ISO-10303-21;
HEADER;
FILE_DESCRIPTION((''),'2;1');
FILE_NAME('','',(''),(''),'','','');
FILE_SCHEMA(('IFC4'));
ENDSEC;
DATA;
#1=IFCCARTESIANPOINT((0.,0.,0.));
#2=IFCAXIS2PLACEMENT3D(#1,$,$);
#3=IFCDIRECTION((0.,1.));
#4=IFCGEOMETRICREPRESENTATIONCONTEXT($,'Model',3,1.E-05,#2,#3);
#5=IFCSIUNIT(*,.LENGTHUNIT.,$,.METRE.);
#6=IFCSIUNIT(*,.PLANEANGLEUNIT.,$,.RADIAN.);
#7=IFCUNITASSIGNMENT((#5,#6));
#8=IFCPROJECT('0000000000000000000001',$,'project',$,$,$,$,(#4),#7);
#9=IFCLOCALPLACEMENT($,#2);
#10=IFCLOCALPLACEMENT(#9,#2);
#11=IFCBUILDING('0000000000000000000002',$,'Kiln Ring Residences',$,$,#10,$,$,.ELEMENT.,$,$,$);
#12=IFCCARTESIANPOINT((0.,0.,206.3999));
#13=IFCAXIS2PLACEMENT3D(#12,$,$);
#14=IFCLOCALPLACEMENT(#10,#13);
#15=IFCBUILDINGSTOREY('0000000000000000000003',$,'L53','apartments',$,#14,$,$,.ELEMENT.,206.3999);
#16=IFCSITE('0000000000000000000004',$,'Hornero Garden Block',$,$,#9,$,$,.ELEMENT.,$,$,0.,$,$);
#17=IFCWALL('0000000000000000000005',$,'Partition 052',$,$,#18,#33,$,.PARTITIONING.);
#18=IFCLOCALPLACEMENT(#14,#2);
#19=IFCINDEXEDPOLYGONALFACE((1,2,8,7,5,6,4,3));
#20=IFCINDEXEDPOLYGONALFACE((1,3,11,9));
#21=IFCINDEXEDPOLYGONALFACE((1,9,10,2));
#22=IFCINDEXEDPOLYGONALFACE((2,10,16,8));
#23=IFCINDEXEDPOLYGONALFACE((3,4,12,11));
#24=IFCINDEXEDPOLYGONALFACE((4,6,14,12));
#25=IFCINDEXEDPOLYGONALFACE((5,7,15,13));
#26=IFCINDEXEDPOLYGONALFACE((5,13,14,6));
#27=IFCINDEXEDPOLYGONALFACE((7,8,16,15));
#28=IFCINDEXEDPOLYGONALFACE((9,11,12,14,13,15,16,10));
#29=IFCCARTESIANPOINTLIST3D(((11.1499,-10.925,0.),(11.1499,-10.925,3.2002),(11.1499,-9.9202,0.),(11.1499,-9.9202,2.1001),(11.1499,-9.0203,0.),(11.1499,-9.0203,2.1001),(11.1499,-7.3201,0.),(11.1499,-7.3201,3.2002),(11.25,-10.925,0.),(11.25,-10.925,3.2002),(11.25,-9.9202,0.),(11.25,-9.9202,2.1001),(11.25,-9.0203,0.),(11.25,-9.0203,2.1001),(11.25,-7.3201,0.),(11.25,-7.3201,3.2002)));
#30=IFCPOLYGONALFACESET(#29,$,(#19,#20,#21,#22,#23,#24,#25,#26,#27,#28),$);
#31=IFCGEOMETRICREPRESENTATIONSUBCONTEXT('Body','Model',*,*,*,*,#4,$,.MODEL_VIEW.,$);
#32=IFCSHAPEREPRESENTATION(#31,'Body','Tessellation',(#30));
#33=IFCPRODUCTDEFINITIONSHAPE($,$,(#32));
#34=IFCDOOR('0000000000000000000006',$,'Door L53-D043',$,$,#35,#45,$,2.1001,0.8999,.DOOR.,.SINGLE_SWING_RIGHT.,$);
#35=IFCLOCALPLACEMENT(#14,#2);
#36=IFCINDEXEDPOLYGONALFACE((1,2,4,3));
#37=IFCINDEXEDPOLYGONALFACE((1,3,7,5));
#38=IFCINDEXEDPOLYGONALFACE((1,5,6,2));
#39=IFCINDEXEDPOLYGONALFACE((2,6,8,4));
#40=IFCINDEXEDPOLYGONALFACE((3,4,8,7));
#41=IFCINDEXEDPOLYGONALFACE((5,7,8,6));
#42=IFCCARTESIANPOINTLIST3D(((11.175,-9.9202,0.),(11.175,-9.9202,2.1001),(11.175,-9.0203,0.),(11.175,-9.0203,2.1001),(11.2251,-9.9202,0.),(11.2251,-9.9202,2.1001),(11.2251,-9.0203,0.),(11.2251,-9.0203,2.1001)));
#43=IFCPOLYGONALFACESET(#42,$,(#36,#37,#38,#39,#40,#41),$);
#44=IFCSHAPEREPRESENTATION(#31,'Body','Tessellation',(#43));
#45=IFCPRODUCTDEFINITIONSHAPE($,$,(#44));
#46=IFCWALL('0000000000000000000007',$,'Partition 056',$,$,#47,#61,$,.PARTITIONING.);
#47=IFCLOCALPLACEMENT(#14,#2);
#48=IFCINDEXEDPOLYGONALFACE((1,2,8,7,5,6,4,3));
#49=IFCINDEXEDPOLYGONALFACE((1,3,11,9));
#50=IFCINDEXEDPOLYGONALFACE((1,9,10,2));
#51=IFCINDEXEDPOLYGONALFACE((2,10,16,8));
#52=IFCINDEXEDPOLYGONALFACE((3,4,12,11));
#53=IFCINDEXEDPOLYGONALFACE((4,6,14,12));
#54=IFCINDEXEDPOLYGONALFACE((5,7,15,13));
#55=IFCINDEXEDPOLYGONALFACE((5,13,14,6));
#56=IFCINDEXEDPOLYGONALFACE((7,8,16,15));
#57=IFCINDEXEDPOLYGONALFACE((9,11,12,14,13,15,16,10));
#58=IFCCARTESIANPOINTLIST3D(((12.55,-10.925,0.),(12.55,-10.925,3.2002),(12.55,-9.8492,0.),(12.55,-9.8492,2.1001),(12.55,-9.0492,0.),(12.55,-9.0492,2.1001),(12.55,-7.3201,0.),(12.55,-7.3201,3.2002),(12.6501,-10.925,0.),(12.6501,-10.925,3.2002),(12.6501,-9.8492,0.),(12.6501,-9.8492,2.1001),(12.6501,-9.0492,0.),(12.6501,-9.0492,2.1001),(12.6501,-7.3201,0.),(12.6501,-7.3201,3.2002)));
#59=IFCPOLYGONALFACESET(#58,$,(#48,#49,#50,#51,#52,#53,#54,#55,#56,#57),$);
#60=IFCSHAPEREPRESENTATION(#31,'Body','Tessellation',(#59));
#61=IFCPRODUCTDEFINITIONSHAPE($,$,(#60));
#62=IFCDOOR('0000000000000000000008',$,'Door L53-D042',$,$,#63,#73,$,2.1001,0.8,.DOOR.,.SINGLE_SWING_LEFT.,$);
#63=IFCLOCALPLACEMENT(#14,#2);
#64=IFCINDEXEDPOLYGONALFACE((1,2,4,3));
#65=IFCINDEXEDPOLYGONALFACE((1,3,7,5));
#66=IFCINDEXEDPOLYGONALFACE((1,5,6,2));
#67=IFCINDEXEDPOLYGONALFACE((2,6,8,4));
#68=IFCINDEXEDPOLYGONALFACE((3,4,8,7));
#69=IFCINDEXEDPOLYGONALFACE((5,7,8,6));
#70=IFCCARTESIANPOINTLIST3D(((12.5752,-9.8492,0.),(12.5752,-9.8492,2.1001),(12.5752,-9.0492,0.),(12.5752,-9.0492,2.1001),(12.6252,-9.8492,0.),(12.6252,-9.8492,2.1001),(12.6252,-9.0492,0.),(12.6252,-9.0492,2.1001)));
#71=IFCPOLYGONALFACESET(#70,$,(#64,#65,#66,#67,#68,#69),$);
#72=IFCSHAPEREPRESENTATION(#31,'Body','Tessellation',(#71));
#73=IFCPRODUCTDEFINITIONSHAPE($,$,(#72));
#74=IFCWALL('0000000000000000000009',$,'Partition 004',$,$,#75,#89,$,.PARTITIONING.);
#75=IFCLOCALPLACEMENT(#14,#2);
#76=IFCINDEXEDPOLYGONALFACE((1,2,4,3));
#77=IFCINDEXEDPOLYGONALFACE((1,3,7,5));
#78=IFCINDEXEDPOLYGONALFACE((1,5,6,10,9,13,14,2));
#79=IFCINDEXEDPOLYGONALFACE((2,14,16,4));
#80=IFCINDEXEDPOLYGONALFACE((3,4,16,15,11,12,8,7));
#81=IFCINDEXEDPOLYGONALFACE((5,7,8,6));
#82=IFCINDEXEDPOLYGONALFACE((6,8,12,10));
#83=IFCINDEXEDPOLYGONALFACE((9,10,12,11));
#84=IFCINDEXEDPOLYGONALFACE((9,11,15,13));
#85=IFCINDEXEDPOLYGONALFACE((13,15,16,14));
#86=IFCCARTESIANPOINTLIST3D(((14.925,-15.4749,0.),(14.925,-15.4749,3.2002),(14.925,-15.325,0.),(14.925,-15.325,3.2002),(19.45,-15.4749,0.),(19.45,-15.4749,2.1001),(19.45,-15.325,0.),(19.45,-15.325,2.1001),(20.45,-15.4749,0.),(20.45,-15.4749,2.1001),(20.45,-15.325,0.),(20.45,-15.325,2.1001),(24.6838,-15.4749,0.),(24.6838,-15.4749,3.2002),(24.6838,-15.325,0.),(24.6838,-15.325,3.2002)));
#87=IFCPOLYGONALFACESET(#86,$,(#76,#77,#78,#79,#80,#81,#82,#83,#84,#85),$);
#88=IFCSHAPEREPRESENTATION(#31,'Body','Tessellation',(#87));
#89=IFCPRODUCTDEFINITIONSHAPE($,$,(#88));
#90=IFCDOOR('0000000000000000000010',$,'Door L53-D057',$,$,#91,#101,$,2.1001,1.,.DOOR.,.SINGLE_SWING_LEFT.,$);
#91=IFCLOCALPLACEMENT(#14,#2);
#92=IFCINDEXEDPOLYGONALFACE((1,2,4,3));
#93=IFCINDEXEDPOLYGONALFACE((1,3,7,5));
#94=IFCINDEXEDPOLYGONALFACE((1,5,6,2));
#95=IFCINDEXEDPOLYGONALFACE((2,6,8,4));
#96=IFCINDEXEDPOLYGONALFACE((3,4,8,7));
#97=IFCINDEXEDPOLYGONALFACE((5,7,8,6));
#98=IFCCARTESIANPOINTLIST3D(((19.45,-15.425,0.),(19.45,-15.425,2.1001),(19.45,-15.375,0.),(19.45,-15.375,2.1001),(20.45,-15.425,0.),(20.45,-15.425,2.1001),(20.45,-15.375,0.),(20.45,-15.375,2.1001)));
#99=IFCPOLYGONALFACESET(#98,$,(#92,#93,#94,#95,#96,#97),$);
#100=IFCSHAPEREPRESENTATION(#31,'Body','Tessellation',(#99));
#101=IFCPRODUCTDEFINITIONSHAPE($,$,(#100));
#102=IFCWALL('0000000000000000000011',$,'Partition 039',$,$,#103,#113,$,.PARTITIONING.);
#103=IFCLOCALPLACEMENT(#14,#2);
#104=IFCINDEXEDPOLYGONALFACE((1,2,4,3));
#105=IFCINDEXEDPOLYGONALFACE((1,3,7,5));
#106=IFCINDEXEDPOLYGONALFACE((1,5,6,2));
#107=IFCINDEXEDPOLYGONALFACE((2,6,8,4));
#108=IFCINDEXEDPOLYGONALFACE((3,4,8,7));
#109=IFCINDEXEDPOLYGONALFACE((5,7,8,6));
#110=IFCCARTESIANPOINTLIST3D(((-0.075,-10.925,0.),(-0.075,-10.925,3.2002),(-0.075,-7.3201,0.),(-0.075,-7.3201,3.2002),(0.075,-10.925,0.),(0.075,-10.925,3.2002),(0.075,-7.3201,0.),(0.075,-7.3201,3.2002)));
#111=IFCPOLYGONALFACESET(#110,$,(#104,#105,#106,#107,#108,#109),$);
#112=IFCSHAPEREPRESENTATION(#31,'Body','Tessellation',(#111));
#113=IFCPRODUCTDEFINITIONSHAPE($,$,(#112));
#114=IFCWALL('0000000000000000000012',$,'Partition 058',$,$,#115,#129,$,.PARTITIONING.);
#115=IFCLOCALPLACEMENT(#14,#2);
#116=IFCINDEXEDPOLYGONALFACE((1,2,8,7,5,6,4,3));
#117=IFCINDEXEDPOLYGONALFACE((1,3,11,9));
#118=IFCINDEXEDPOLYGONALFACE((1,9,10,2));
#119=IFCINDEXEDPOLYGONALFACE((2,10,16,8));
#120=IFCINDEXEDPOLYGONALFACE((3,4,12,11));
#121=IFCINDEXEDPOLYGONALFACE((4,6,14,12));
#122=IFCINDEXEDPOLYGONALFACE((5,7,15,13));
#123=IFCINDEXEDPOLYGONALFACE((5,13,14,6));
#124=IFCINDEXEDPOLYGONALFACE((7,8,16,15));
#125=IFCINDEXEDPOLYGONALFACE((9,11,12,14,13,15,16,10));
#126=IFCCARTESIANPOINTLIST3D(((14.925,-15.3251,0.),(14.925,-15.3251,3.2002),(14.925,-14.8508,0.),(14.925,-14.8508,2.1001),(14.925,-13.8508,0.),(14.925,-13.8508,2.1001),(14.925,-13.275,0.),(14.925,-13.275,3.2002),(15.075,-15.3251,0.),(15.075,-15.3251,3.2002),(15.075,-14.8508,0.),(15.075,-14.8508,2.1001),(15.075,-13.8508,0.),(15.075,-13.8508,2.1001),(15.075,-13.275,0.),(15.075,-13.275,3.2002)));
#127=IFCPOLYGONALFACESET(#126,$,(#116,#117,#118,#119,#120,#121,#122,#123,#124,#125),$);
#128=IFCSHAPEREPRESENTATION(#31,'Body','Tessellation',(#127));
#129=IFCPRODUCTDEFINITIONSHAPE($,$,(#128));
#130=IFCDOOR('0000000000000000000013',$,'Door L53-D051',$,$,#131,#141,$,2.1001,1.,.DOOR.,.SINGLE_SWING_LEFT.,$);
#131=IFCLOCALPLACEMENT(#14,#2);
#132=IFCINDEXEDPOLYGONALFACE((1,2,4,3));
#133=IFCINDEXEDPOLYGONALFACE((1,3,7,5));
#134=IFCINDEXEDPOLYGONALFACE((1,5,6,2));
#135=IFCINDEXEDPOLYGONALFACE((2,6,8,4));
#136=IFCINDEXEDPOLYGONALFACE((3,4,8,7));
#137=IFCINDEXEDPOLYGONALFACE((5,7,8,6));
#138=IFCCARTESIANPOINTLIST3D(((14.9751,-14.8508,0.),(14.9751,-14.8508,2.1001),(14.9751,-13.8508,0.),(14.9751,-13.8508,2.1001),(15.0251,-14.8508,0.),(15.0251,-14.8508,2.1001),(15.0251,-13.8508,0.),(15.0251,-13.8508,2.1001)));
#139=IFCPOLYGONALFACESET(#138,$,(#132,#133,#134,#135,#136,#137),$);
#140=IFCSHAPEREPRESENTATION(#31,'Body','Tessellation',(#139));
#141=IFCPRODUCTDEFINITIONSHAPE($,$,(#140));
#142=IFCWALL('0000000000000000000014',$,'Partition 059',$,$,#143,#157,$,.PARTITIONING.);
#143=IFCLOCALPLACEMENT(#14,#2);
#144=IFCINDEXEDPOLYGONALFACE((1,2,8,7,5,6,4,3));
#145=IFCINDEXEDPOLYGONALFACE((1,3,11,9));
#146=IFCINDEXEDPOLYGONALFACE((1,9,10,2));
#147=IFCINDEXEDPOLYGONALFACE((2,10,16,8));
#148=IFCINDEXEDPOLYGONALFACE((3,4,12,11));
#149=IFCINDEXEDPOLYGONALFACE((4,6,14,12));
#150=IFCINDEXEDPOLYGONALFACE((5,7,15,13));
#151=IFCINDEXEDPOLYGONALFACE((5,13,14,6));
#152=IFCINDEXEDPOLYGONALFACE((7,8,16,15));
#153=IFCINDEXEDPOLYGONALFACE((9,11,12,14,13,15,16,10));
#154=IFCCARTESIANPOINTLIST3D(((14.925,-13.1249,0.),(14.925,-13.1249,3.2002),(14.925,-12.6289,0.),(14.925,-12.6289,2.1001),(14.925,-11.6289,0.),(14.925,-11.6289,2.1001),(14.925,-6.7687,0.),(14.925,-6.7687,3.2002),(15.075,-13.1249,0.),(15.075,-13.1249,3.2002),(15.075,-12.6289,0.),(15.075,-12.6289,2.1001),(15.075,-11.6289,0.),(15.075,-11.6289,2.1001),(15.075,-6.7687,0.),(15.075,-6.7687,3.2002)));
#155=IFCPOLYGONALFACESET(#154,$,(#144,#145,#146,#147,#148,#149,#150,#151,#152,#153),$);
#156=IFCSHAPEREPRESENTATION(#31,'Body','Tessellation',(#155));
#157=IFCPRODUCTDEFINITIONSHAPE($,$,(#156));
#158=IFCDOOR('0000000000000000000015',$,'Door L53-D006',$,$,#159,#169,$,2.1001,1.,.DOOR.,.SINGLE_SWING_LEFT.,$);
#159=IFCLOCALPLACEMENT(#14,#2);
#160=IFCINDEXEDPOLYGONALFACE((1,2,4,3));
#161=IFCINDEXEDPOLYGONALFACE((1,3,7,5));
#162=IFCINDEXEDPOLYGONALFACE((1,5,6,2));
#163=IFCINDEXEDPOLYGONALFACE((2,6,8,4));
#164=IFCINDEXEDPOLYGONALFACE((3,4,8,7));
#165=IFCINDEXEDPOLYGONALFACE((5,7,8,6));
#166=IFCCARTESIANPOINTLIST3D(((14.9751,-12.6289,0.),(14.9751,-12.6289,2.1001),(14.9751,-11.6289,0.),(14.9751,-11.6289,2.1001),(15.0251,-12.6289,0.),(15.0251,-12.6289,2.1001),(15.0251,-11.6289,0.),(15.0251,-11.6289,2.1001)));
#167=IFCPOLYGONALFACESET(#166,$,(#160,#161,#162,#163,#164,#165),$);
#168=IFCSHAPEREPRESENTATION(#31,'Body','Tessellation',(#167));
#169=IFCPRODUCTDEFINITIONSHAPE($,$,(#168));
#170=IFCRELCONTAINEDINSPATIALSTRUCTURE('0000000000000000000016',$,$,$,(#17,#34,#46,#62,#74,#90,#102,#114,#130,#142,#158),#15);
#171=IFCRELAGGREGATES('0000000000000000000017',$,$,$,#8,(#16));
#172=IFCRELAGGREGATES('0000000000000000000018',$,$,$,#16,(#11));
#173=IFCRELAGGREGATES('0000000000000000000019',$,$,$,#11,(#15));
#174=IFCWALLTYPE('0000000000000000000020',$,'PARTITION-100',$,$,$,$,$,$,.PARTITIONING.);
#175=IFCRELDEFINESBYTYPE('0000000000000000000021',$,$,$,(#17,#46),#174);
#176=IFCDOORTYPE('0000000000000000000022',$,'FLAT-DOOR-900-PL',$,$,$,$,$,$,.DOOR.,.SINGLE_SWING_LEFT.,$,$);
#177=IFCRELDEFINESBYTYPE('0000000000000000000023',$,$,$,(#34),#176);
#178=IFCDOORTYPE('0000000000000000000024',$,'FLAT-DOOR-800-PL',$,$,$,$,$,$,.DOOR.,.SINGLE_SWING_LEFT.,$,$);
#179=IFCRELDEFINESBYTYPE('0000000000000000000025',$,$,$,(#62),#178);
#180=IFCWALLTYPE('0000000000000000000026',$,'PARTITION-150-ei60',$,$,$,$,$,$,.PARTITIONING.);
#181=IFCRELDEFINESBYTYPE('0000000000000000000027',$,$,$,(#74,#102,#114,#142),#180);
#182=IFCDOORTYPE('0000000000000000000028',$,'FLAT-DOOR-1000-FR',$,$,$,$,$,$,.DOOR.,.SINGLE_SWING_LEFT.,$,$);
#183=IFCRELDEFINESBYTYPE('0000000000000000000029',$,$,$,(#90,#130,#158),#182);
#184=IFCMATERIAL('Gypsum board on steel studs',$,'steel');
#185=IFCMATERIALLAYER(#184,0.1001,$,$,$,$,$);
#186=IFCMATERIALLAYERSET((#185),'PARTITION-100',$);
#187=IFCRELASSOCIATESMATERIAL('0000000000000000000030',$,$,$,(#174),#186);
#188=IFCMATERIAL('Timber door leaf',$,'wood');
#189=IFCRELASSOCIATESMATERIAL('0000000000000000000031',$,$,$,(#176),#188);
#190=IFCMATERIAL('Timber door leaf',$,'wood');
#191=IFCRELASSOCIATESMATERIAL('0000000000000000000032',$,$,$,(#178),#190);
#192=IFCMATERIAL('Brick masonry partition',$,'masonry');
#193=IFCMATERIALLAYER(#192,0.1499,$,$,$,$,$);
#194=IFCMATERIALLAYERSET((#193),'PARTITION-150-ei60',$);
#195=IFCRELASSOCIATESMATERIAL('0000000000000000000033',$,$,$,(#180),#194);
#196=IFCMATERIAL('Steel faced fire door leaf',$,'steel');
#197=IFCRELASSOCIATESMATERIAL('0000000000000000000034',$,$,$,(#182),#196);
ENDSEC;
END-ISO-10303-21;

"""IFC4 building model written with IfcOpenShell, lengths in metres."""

from ifc_helpers import new_model, si_unit, direction, frame, frame_2d, origin, place, context, subcontext, project, spatial, rectangle, extrude, material, layer, layer_set, type_object, element, fill, save


model = new_model("IFC4")

# Units and contexts
model_context = context("Model", 3, precision=1e-05, world=origin(), true_north=direction((0.0, 1.0)))
body_context = subcontext(model_context, "Body", "Model", "MODEL_VIEW")
ifc_project = project(units=[si_unit("LENGTHUNIT", "METRE"), si_unit("PLANEANGLEUNIT", "RADIAN")], contexts=[model_context])

# Site, building, storey
site_placement = place(None, origin())
site = spatial("IfcSite", under=ifc_project, at=site_placement, Name="Hornero Garden Block", CompositionType="ELEMENT", RefElevation=0.0)
building_placement = place(site_placement, origin())
building = spatial("IfcBuilding", under=site, at=building_placement, Name="Kiln Ring Residences", CompositionType="ELEMENT")
storey_placement = place(building_placement, frame((0.0, 0.0, 206.3999)))
storey = spatial("IfcBuildingStorey", under=building, at=storey_placement, Name="L53", Description="apartments", CompositionType="ELEMENT", Elevation=206.3999)

# Walls, openings, doors
ifc_material_1 = material(Name="Gypsum board on steel studs", Category="steel")
ifc_layer_1 = layer(ifc_material_1, 0.1001)
ifc_layer_set_1 = layer_set([ifc_layer_1], Name="PARTITION-100")
wall_type_1 = type_object("IfcWallType", Name="PARTITION-100", PredefinedType="PARTITIONING", material=ifc_layer_set_1)
ifc_material_2 = material(Name="Timber door leaf", Category="wood")
door_type_1 = type_object("IfcDoorType", Name="FLAT-DOOR-900-PL", OperationType="SINGLE_SWING_LEFT", PredefinedType="DOOR", material=ifc_material_2)
wall_1_placement = place(storey_placement, frame((11.2, -10.925, 0.0), z_axis=(0.0, 0.0, 1.0), x_axis=(0.0, 1.0, 0.0)))
wall_1 = element("IfcWall", 1, at=wall_1_placement, inside=storey, type_object=wall_type_1, Name="Partition 052", PredefinedType="PARTITIONING", context=body_context, shape_type="SweptSolid", body=[
    extrude(rectangle(XDim=3.605, YDim=0.1001, at=frame_2d((1.8025, 0.0))), origin(), (0.0, 0.0, 1.0), 3.2002),
])
opening_1_placement = place(wall_1_placement, frame((1.0049, 0.0, 0.0)))
opening_1 = element("IfcOpeningElement", 2, at=opening_1_placement, cuts=wall_1, PredefinedType="OPENING", context=body_context, shape_type="SweptSolid", body=[
    extrude(rectangle(XDim=0.8999, YDim=2.1001, at=frame_2d((0.45, 1.05))), frame((0.0, 0.0601, 0.0), z_axis=(0.0, -1.0, 0.0), x_axis=(1.0, 0.0, 0.0)), (0.0, 0.0, 1.0), 0.1201),
])
door_1_placement = place(opening_1_placement, origin())
door_1 = element("IfcDoor", 3, at=door_1_placement, inside=storey, type_object=door_type_1, Name="Door L53-D043", OperationType="SINGLE_SWING_RIGHT", OverallHeight=2.1001, OverallWidth=0.8999, PredefinedType="DOOR", context=body_context, shape_type="SweptSolid", body=[
    extrude(rectangle(XDim=0.8999, YDim=2.1001, at=frame_2d((0.45, 1.05))), frame((0.0, 0.0249, 0.0), z_axis=(0.0, -1.0, 0.0), x_axis=(1.0, 0.0, 0.0)), (0.0, 0.0, 1.0), 0.05),
])
fill(opening_1, door_1)
wall_2_placement = place(storey_placement, frame((12.6001, -10.925, 0.0), z_axis=(0.0, 0.0, 1.0), x_axis=(0.0, 1.0, 0.0)))
wall_2 = element("IfcWall", 4, at=wall_2_placement, inside=storey, type_object=wall_type_1, Name="Partition 056", PredefinedType="PARTITIONING", context=body_context, shape_type="SweptSolid", body=[
    extrude(rectangle(XDim=3.605, YDim=0.1001, at=frame_2d((1.8025, 0.0))), origin(), (0.0, 0.0, 1.0), 3.2002),
])
opening_2_placement = place(wall_2_placement, frame((1.0759, 0.0, 0.0)))
opening_2 = element("IfcOpeningElement", 5, at=opening_2_placement, cuts=wall_2, PredefinedType="OPENING", context=body_context, shape_type="SweptSolid", body=[
    extrude(rectangle(XDim=0.8, YDim=2.1001, at=frame_2d((0.3999, 1.05))), frame((0.0, 0.0601, 0.0), z_axis=(0.0, -1.0, 0.0), x_axis=(1.0, 0.0, 0.0)), (0.0, 0.0, 1.0), 0.1201),
])
ifc_material_3 = material(Name="Timber door leaf", Category="wood")
door_type_2 = type_object("IfcDoorType", Name="FLAT-DOOR-800-PL", OperationType="SINGLE_SWING_LEFT", PredefinedType="DOOR", material=ifc_material_3)
door_2_placement = place(opening_2_placement, origin())
door_2 = element("IfcDoor", 6, at=door_2_placement, inside=storey, type_object=door_type_2, Name="Door L53-D042", OperationType="SINGLE_SWING_LEFT", OverallHeight=2.1001, OverallWidth=0.8, PredefinedType="DOOR", context=body_context, shape_type="SweptSolid", body=[
    extrude(rectangle(XDim=0.8, YDim=2.1001, at=frame_2d((0.3999, 1.05))), frame((0.0, 0.0249, 0.0), z_axis=(0.0, -1.0, 0.0), x_axis=(1.0, 0.0, 0.0)), (0.0, 0.0, 1.0), 0.05),
])
fill(opening_2, door_2)
ifc_material_4 = material(Name="Brick masonry partition", Category="masonry")
ifc_layer_2 = layer(ifc_material_4, 0.1499)
ifc_layer_set_2 = layer_set([ifc_layer_2], Name="PARTITION-150-ei60")
wall_type_2 = type_object("IfcWallType", Name="PARTITION-150-ei60", PredefinedType="PARTITIONING", material=ifc_layer_set_2)
wall_3_placement = place(storey_placement, frame((14.925, -15.3999, 0.0), z_axis=(0.0, 0.0, 1.0), x_axis=(1.0, 0.0, 0.0)))
wall_3 = element("IfcWall", 7, at=wall_3_placement, inside=storey, type_object=wall_type_2, Name="Partition 004", PredefinedType="PARTITIONING", context=body_context, shape_type="SweptSolid", body=[
    extrude(rectangle(XDim=9.7588, YDim=0.1499, at=frame_2d((4.8794, 0.0))), origin(), (0.0, 0.0, 1.0), 3.2002),
])
opening_3_placement = place(wall_3_placement, frame((4.5249, 0.0, 0.0)))
opening_3 = element("IfcOpeningElement", 8, at=opening_3_placement, cuts=wall_3, PredefinedType="OPENING", context=body_context, shape_type="SweptSolid", body=[
    extrude(rectangle(XDim=1.0, YDim=2.1001, at=frame_2d((0.5, 1.05))), frame((0.0, 0.085, 0.0), z_axis=(0.0, -1.0, 0.0), x_axis=(1.0, 0.0, 0.0)), (0.0, 0.0, 1.0), 0.1699),
])
ifc_material_5 = material(Name="Steel faced fire door leaf", Category="steel")
door_type_3 = type_object("IfcDoorType", Name="FLAT-DOOR-1000-FR", OperationType="SINGLE_SWING_LEFT", PredefinedType="DOOR", material=ifc_material_5)
door_3_placement = place(opening_3_placement, origin())
door_3 = element("IfcDoor", 9, at=door_3_placement, inside=storey, type_object=door_type_3, Name="Door L53-D057", OperationType="SINGLE_SWING_LEFT", OverallHeight=2.1001, OverallWidth=1.0, PredefinedType="DOOR", context=body_context, shape_type="SweptSolid", body=[
    extrude(rectangle(XDim=1.0, YDim=2.1001, at=frame_2d((0.5, 1.05))), frame((0.0, 0.0249, 0.0), z_axis=(0.0, -1.0, 0.0), x_axis=(1.0, 0.0, 0.0)), (0.0, 0.0, 1.0), 0.05),
])
fill(opening_3, door_3)

# Wall
wall_4_placement = place(storey_placement, frame((0.0, -10.925, 0.0), z_axis=(0.0, 0.0, 1.0), x_axis=(0.0, 1.0, 0.0)))
element("IfcWall", 10, at=wall_4_placement, inside=storey, type_object=wall_type_2, Name="Partition 039", PredefinedType="PARTITIONING", context=body_context, shape_type="SweptSolid", body=[
    extrude(rectangle(XDim=3.605, YDim=0.1499, at=frame_2d((1.8025, 0.0))), origin(), (0.0, 0.0, 1.0), 3.2002),
])

# Walls, openings, doors
wall_5_placement = place(storey_placement, frame((15.0, -15.325, 0.0), z_axis=(0.0, 0.0, 1.0), x_axis=(0.0, 1.0, 0.0)))
wall_5 = element("IfcWall", 11, at=wall_5_placement, inside=storey, type_object=wall_type_2, Name="Partition 058", PredefinedType="PARTITIONING", context=body_context, shape_type="SweptSolid", body=[
    extrude(rectangle(XDim=2.05, YDim=0.1499, at=frame_2d((1.0249, 0.0))), origin(), (0.0, 0.0, 1.0), 3.2002),
])
opening_4_placement = place(wall_5_placement, frame((0.4741, 0.0, 0.0)))
opening_4 = element("IfcOpeningElement", 12, at=opening_4_placement, cuts=wall_5, PredefinedType="OPENING", context=body_context, shape_type="SweptSolid", body=[
    extrude(rectangle(XDim=1.0, YDim=2.1001, at=frame_2d((0.5, 1.05))), frame((0.0, 0.085, 0.0), z_axis=(0.0, -1.0, 0.0), x_axis=(1.0, 0.0, 0.0)), (0.0, 0.0, 1.0), 0.1699),
])
door_4_placement = place(opening_4_placement, origin())
door_4 = element("IfcDoor", 13, at=door_4_placement, inside=storey, type_object=door_type_3, Name="Door L53-D051", OperationType="SINGLE_SWING_LEFT", OverallHeight=2.1001, OverallWidth=1.0, PredefinedType="DOOR", context=body_context, shape_type="SweptSolid", body=[
    extrude(rectangle(XDim=1.0, YDim=2.1001, at=frame_2d((0.5, 1.05))), frame((0.0, 0.0249, 0.0), z_axis=(0.0, -1.0, 0.0), x_axis=(1.0, 0.0, 0.0)), (0.0, 0.0, 1.0), 0.05),
])
fill(opening_4, door_4)
wall_6_placement = place(storey_placement, frame((15.0, -13.125, 0.0), z_axis=(0.0, 0.0, 1.0), x_axis=(0.0, 1.0, 0.0)))
wall_6 = element("IfcWall", 14, at=wall_6_placement, inside=storey, type_object=wall_type_2, Name="Partition 059", PredefinedType="PARTITIONING", context=body_context, shape_type="SweptSolid", body=[
    extrude(rectangle(XDim=6.3562, YDim=0.1499, at=frame_2d((3.1782, 0.0))), origin(), (0.0, 0.0, 1.0), 3.2002),
])
opening_5_placement = place(wall_6_placement, frame((0.4961, 0.0, 0.0)))
opening_5 = element("IfcOpeningElement", 15, at=opening_5_placement, cuts=wall_6, PredefinedType="OPENING", context=body_context, shape_type="SweptSolid", body=[
    extrude(rectangle(XDim=1.0, YDim=2.1001, at=frame_2d((0.5, 1.05))), frame((0.0, 0.085, 0.0), z_axis=(0.0, -1.0, 0.0), x_axis=(1.0, 0.0, 0.0)), (0.0, 0.0, 1.0), 0.1699),
])
door_5_placement = place(opening_5_placement, origin())
door_5 = element("IfcDoor", 16, at=door_5_placement, inside=storey, type_object=door_type_3, Name="Door L53-D006", OperationType="SINGLE_SWING_LEFT", OverallHeight=2.1001, OverallWidth=1.0, PredefinedType="DOOR", context=body_context, shape_type="SweptSolid", body=[
    extrude(rectangle(XDim=1.0, YDim=2.1001, at=frame_2d((0.5, 1.05))), frame((0.0, 0.0249, 0.0), z_axis=(0.0, -1.0, 0.0), x_axis=(1.0, 0.0, 0.0)), (0.0, 0.0, 1.0), 0.05),
])
fill(opening_5, door_5)

save(model, "model.ifc")
